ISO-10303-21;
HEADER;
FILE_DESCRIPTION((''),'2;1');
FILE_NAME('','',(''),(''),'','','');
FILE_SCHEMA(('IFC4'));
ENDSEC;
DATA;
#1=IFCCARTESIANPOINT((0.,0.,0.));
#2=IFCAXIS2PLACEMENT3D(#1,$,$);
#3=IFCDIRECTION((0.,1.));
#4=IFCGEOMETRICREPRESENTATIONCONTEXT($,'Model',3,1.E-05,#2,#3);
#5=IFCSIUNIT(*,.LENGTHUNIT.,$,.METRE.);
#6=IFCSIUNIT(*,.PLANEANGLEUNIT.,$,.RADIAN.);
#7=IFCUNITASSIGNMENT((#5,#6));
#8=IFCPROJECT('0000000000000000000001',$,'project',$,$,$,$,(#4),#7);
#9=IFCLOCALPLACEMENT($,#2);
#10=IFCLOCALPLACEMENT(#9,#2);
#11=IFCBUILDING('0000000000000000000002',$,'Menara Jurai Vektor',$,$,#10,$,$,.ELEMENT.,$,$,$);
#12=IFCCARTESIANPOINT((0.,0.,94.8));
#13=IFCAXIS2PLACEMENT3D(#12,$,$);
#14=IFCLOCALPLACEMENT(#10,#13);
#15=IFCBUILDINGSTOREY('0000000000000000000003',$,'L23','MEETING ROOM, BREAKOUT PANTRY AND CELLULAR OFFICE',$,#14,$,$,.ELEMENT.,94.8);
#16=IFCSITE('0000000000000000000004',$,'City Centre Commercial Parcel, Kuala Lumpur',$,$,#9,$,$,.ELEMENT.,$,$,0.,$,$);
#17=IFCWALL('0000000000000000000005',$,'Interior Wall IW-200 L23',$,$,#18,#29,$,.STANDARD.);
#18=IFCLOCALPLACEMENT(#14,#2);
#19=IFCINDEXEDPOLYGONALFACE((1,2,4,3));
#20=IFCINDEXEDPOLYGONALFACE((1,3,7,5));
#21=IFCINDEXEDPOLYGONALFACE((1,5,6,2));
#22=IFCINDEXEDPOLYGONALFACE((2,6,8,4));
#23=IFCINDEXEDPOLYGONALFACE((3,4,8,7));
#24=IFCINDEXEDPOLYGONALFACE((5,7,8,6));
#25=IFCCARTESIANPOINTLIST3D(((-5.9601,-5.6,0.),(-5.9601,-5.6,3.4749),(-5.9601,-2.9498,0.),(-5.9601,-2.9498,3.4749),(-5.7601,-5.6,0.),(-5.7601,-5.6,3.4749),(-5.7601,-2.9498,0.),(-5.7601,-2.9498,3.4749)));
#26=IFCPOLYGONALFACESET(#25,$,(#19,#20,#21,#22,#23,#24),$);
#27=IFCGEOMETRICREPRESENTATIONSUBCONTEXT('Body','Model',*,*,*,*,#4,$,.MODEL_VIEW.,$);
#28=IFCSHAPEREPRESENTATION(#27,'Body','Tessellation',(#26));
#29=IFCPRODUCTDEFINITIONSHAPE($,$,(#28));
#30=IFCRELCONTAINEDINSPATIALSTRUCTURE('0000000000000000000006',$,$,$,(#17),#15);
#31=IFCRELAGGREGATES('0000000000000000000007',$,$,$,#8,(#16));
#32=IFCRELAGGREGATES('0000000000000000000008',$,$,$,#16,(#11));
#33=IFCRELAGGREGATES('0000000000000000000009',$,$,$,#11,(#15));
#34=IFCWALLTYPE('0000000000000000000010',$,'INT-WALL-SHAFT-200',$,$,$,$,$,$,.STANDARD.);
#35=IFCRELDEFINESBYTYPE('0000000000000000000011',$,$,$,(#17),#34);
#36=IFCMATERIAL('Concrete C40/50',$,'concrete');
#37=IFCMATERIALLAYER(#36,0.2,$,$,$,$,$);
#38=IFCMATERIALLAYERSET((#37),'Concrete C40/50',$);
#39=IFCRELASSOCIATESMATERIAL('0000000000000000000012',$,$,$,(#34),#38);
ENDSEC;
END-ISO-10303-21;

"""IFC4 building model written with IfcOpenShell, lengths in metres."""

from ifc_helpers import new_model, si_unit, direction, frame, frame_2d, origin, place, context, subcontext, project, spatial, rectangle, extrude, material, layer, layer_set, type_object, element, save


model = new_model("IFC4")

# Units and contexts
model_context = context("Model", 3, precision=1e-05, world=origin(), true_north=direction((0.0, 1.0)))
body_context = subcontext(model_context, "Body", "Model", "MODEL_VIEW")
ifc_project = project(units=[si_unit("LENGTHUNIT", "METRE"), si_unit("PLANEANGLEUNIT", "RADIAN")], contexts=[model_context])

# Site, building, storey
site_placement = place(None, origin())
site = spatial("IfcSite", under=ifc_project, at=site_placement, Name="City Centre Commercial Parcel, Kuala Lumpur", CompositionType="ELEMENT", RefElevation=0.0)
building_placement = place(site_placement, origin())
building = spatial("IfcBuilding", under=site, at=building_placement, Name="Menara Jurai Vektor", CompositionType="ELEMENT")
storey_placement = place(building_placement, frame((0.0, 0.0, 94.8)))
storey = spatial("IfcBuildingStorey", under=building, at=storey_placement, Name="L23", Description="MEETING ROOM, BREAKOUT PANTRY AND CELLULAR OFFICE", CompositionType="ELEMENT", Elevation=94.8)

# Shared definitions
ifc_material_1 = material(Name="Concrete C40/50", Category="concrete")
ifc_layer_1 = layer(ifc_material_1, 0.2)
ifc_layer_set_1 = layer_set([ifc_layer_1], Name="Concrete C40/50")
wall_type_1 = type_object("IfcWallType", Name="INT-WALL-SHAFT-200", PredefinedType="STANDARD", material=ifc_layer_set_1)

# Wall
wall_1_placement = place(storey_placement, frame((-5.8601, -5.6001, 0.0), z_axis=(0.0, 0.0, 1.0), x_axis=(0.0, 1.0, 0.0)))
element("IfcWall", 1, at=wall_1_placement, inside=storey, type_object=wall_type_1, Name="Interior Wall IW-200 L23", PredefinedType="STANDARD", context=body_context, shape_type="SweptSolid", body=[
    extrude(rectangle(XDim=2.6501, YDim=0.2, at=frame_2d((1.3252, 0.0))), origin(), (0.0, 0.0, 1.0), 3.4749),
])

save(model, "model.ifc")
